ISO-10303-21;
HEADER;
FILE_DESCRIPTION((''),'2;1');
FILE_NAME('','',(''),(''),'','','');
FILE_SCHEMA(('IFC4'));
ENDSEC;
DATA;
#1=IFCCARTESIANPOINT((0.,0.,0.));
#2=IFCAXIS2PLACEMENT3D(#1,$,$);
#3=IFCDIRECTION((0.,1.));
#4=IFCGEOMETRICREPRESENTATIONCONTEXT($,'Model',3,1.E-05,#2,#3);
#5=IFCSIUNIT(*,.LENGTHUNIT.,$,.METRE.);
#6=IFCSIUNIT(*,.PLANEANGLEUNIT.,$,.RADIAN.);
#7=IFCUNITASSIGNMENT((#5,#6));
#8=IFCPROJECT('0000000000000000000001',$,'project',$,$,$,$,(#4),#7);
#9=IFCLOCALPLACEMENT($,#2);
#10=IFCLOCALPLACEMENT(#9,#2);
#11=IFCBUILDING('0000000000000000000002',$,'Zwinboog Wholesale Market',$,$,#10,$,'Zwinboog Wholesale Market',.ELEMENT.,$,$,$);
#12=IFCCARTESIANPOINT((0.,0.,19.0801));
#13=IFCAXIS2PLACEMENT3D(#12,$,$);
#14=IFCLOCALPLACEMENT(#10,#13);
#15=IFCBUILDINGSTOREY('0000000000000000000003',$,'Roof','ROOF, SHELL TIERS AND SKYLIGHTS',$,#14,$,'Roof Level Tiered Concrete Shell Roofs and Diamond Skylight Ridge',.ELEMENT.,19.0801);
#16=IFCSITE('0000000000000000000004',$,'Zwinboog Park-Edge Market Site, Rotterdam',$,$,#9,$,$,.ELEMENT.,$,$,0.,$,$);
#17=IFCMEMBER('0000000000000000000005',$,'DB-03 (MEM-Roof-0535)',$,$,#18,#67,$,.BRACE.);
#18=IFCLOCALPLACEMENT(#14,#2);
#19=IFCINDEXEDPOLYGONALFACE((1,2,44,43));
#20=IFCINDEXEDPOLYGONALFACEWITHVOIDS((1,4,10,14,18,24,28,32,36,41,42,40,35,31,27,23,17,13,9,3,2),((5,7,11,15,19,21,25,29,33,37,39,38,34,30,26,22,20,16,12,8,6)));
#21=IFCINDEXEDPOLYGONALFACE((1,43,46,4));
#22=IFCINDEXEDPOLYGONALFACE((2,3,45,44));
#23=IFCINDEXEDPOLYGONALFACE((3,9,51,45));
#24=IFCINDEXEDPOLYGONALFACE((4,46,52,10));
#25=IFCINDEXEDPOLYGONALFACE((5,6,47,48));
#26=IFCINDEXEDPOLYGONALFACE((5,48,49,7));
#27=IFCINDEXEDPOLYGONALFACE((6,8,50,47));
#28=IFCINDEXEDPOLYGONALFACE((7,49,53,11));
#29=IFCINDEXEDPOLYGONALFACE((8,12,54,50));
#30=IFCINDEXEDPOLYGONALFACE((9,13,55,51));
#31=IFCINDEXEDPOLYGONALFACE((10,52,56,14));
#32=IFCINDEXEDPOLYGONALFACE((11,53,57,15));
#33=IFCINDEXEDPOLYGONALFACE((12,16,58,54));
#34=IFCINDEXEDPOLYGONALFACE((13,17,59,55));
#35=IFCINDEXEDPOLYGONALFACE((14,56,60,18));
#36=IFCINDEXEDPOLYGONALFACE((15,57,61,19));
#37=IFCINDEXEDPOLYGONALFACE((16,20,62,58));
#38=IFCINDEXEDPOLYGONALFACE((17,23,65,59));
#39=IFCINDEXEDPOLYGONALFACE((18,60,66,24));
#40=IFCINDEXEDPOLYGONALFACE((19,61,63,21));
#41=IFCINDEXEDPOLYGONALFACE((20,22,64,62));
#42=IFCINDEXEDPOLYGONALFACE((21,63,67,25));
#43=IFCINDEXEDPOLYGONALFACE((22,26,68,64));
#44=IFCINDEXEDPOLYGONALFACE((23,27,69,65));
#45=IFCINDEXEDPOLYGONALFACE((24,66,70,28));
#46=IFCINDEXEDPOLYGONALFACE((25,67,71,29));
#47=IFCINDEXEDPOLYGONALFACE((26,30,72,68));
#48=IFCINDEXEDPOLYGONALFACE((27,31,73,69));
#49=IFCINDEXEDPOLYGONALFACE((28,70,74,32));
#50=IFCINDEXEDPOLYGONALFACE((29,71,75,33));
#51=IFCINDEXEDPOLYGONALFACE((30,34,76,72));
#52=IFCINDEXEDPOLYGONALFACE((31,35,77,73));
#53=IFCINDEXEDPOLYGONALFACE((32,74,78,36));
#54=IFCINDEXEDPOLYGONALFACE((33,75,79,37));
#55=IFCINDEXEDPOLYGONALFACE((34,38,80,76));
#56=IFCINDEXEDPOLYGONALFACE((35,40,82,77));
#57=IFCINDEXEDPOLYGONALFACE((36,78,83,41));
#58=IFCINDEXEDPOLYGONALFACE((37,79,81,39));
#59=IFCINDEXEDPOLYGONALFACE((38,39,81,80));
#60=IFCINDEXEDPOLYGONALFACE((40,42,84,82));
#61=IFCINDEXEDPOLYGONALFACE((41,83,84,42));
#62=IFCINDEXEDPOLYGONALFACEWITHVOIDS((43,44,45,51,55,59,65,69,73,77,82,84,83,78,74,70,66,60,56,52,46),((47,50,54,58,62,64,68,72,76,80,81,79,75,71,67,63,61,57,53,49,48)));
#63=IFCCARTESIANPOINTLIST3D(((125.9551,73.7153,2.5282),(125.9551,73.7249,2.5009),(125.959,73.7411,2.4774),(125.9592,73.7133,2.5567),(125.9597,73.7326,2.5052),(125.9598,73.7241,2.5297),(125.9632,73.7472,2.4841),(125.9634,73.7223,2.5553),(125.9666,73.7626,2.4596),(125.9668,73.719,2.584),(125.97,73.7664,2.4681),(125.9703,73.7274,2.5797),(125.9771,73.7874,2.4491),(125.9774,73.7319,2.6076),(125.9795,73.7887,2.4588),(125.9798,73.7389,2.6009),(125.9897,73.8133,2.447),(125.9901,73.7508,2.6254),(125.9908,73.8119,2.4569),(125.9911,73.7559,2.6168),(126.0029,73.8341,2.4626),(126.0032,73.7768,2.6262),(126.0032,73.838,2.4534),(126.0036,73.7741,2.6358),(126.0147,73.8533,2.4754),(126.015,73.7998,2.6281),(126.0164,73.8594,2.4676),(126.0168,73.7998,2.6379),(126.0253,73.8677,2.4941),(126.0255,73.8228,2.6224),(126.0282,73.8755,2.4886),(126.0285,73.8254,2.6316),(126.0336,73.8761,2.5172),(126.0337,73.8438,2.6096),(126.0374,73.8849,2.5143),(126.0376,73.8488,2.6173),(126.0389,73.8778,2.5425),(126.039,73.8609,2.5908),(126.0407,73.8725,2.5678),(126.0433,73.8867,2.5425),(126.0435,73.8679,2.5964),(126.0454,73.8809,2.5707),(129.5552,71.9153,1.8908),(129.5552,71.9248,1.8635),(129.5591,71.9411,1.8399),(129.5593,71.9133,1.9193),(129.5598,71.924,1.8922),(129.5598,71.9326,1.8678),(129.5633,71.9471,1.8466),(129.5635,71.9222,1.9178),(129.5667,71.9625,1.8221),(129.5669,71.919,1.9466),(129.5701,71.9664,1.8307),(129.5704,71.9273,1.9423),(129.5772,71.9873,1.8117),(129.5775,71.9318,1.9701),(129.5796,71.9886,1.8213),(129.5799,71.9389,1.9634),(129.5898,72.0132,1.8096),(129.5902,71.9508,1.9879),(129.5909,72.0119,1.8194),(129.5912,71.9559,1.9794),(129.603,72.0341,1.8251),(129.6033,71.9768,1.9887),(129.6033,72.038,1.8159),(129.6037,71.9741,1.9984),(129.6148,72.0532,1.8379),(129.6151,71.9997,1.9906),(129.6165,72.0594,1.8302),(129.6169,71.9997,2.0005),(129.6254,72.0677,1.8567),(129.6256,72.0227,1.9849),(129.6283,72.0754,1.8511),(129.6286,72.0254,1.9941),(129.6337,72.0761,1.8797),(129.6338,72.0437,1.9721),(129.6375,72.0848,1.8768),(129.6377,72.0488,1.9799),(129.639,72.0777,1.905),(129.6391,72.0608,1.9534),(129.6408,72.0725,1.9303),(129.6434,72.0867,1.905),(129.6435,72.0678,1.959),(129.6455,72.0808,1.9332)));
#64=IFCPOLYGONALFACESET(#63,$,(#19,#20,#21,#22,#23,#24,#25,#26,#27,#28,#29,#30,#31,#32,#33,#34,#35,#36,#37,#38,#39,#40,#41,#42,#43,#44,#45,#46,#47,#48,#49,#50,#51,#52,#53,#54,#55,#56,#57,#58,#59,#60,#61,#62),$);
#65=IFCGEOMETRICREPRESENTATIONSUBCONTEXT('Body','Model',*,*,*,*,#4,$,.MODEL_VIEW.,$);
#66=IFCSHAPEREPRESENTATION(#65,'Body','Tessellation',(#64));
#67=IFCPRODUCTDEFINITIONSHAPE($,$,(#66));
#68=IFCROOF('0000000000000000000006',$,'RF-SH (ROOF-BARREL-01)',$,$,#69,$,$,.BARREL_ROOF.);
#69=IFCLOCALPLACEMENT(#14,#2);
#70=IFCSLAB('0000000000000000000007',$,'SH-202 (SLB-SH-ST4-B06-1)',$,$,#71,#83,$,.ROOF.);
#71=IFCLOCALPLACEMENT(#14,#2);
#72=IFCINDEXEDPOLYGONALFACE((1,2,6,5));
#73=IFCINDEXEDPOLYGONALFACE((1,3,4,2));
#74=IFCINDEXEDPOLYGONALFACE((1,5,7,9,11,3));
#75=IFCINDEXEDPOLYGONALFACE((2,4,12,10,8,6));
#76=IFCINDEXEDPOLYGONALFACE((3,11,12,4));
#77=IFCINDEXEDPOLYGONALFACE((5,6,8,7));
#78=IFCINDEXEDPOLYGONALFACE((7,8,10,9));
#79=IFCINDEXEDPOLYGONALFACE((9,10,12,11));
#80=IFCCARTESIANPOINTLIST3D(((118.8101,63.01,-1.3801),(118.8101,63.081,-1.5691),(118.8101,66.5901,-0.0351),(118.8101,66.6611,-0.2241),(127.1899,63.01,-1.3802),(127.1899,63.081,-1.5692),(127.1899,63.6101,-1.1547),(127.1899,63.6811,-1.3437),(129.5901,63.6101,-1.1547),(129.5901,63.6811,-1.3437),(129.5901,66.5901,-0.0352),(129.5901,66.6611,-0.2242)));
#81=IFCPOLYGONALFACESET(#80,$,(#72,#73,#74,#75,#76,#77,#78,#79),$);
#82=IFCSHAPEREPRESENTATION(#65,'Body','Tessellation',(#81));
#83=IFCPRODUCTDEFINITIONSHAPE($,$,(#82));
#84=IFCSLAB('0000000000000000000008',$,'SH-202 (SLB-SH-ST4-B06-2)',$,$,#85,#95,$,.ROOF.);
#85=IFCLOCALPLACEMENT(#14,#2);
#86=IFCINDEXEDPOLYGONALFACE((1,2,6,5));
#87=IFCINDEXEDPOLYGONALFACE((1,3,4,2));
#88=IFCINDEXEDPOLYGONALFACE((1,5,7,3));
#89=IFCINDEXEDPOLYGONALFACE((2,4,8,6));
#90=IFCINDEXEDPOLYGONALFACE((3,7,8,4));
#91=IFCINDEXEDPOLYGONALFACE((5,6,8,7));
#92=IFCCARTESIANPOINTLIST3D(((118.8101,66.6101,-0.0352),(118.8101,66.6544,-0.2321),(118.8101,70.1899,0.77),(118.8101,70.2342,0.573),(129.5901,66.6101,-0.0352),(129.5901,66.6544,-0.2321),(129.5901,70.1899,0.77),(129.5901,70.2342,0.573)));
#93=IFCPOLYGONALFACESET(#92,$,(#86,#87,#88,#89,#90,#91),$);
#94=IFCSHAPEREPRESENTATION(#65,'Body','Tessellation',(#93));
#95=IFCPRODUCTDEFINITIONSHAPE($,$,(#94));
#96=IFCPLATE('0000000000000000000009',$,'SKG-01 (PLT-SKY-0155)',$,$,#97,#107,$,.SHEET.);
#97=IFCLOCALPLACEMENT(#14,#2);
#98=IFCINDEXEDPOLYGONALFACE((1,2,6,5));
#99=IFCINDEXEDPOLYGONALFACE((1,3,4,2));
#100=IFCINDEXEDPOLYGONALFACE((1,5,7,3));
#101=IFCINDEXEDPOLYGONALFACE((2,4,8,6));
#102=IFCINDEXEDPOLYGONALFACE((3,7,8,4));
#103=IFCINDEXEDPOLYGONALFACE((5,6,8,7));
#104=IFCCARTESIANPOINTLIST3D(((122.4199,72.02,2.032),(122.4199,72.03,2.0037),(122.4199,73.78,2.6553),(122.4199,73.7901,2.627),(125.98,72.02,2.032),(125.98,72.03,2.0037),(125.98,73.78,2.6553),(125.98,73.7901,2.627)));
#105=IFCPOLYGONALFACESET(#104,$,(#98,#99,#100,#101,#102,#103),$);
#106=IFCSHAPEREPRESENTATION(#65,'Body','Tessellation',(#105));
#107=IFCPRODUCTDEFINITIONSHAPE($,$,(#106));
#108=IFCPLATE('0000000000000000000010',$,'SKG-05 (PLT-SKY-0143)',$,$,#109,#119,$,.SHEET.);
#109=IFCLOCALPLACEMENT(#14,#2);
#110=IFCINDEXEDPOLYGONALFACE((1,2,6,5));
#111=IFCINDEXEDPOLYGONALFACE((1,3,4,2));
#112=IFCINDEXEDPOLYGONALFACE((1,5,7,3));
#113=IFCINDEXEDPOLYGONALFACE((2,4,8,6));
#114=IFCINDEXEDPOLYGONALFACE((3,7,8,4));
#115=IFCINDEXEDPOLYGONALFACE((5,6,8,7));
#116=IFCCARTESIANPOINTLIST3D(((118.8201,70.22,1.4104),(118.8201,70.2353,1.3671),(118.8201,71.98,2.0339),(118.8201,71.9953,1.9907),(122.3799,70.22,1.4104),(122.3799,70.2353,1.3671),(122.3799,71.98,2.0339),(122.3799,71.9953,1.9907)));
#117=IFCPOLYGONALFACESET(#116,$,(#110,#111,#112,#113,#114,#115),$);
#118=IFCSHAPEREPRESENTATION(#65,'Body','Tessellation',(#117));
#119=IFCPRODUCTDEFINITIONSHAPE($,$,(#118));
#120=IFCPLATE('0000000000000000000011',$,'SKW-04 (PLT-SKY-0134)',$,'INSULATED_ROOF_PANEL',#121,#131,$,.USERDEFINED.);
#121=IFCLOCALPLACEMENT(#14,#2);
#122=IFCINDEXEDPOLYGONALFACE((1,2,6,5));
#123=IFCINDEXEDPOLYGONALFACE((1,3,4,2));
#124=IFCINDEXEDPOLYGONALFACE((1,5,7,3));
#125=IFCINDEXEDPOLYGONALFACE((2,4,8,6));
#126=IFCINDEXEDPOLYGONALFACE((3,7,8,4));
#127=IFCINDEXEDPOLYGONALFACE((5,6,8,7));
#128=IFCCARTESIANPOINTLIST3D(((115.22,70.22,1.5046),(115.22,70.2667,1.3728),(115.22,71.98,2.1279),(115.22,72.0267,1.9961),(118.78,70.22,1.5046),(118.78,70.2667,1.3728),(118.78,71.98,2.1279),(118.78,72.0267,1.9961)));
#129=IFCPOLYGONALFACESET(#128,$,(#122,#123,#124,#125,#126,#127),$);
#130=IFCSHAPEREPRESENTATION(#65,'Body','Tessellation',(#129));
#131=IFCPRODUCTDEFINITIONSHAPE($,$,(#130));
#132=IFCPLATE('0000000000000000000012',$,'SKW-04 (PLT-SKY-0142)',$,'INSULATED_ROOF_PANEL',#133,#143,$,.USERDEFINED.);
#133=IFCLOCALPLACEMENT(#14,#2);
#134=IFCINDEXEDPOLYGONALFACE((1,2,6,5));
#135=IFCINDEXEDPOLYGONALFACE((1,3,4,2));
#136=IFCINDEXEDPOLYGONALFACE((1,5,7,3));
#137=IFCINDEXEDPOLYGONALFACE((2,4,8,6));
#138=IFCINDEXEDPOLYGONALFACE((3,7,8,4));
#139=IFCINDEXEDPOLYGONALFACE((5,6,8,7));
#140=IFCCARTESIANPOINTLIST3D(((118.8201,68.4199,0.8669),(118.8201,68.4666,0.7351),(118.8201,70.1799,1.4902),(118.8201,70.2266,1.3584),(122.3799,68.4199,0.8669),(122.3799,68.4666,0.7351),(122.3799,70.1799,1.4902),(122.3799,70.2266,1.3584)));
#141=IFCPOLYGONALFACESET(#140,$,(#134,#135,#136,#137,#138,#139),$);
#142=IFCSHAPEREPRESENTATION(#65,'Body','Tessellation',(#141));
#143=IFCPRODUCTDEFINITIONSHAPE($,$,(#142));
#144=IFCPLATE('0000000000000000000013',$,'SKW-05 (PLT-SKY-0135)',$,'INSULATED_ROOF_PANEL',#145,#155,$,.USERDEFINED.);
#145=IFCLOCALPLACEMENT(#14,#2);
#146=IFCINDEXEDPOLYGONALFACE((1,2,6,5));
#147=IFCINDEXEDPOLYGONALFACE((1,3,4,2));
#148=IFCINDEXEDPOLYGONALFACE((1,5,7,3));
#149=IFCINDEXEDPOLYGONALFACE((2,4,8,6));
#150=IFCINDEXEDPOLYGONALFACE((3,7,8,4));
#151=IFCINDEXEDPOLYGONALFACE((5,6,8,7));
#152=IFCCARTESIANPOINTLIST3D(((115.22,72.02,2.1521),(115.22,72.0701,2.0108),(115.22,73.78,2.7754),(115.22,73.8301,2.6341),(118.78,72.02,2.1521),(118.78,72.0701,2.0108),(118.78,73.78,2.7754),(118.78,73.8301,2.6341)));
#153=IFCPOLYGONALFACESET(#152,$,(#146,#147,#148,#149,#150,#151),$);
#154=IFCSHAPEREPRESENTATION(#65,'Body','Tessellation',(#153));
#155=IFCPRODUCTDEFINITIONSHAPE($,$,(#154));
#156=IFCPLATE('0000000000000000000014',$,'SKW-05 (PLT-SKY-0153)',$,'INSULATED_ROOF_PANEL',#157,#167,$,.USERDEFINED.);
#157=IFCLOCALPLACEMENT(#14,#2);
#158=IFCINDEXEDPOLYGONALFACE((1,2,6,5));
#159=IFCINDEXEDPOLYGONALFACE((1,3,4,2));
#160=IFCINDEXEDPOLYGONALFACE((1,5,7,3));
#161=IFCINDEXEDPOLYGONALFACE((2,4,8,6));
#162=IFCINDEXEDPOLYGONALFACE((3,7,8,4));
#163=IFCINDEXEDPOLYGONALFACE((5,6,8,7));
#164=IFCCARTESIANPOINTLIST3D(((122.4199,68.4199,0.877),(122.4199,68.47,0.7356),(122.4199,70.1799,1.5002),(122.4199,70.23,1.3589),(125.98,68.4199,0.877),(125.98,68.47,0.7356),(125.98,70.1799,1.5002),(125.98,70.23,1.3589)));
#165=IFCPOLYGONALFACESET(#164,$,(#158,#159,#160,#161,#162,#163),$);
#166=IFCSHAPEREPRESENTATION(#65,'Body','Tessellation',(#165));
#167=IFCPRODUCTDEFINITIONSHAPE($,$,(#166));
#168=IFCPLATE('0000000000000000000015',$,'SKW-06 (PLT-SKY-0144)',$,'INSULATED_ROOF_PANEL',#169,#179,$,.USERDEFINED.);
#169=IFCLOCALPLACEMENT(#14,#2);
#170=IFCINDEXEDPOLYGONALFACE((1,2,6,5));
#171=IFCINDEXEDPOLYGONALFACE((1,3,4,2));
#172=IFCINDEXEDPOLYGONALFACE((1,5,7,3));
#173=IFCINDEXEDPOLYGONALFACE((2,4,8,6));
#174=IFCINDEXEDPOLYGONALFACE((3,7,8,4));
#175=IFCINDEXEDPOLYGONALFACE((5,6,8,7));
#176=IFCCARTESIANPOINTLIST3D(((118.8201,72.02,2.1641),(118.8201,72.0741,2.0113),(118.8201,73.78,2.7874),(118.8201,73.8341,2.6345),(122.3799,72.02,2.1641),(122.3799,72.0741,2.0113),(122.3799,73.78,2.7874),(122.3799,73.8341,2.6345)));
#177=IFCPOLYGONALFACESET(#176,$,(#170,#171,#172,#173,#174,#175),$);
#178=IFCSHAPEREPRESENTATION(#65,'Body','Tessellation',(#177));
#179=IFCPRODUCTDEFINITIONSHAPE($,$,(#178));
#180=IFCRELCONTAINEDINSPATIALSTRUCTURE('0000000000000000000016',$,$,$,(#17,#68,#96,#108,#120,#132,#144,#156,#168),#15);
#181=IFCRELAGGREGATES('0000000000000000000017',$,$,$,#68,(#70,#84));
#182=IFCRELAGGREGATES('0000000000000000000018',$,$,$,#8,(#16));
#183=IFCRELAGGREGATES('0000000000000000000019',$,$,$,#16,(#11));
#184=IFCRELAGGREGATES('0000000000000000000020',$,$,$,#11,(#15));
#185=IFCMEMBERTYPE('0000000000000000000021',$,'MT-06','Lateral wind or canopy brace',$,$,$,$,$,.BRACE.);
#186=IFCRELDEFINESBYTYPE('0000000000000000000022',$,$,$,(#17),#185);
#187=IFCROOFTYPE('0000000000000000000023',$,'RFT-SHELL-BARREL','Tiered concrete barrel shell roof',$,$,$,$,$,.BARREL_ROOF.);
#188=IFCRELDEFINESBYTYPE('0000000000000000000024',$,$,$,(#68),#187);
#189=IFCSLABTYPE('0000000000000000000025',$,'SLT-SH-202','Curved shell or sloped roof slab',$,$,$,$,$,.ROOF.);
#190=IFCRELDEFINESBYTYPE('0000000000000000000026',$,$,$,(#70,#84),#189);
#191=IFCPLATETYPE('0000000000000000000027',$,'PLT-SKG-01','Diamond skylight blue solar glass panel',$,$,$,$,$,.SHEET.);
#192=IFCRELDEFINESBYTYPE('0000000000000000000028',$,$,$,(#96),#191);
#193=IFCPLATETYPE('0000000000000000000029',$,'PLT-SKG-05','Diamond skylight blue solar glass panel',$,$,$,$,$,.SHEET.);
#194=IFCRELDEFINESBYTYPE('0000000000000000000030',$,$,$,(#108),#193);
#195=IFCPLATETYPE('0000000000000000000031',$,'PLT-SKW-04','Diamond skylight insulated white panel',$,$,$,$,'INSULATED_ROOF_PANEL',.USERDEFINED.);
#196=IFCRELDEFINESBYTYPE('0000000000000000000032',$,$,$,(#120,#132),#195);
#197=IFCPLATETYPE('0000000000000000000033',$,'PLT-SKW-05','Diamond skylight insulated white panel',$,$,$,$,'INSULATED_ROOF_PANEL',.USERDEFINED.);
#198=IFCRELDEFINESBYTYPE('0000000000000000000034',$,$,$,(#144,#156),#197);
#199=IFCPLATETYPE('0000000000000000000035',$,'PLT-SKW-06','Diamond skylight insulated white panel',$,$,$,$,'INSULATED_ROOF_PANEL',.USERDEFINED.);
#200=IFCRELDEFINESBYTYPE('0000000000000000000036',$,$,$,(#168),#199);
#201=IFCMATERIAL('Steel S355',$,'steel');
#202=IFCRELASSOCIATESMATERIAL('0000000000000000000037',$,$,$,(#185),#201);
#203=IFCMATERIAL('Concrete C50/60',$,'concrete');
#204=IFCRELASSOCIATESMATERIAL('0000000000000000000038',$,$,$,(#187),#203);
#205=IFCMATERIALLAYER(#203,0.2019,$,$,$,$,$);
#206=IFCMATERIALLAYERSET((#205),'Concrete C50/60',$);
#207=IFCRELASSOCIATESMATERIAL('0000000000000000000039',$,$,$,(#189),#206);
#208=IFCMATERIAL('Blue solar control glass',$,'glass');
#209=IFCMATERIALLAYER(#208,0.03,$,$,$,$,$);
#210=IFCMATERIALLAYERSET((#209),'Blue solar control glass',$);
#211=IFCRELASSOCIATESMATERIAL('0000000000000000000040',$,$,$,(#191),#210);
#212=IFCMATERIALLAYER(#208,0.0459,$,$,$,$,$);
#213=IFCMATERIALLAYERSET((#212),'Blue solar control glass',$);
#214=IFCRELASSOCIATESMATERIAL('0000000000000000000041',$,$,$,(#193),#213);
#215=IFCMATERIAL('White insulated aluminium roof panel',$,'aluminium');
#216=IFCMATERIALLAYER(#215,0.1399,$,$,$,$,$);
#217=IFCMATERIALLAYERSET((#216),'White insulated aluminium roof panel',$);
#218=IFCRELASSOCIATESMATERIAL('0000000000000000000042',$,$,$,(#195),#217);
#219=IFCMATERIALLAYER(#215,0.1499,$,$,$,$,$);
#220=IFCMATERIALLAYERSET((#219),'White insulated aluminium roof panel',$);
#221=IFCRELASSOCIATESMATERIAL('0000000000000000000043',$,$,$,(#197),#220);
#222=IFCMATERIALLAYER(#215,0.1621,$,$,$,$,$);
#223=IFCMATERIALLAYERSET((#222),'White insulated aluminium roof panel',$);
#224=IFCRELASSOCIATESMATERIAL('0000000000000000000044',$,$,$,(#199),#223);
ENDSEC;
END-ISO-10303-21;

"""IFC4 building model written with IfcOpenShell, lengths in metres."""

from ifc_helpers import new_model, si_unit, direction, frame, origin, origin_2d, place, context, subcontext, project, spatial, polyline, hollow_circle, outline, extrude, material, layer, layer_set, material_profile, profile_set, type_object, element, aggregate, save


model = new_model("IFC4")

# Units and contexts
model_context = context("Model", 3, precision=1e-05, world=origin(), true_north=direction((0.0, 1.0)))
body_context = subcontext(model_context, "Body", "Model", "MODEL_VIEW")
ifc_project = project(units=[si_unit("LENGTHUNIT", "METRE"), si_unit("PLANEANGLEUNIT", "RADIAN")], contexts=[model_context])

# Site, building, storey
site_placement = place(None, origin())
site = spatial("IfcSite", under=ifc_project, at=site_placement, Name="Zwinboog Park-Edge Market Site, Rotterdam", CompositionType="ELEMENT", RefElevation=0.0)
building_placement = place(site_placement, origin())
building = spatial("IfcBuilding", under=site, at=building_placement, Name="Zwinboog Wholesale Market", LongName="Zwinboog Wholesale Market", CompositionType="ELEMENT")
storey_placement = place(building_placement, frame((0.0, 0.0, 19.0801)))
storey = spatial("IfcBuildingStorey", under=building, at=storey_placement, Name="Roof", Description="ROOF, SHELL TIERS AND SKYLIGHTS", LongName="Roof Level Tiered Concrete Shell Roofs and Diamond Skylight Ridge", CompositionType="ELEMENT", Elevation=19.0801)

# Member
ifc_material_1 = material(Name="Steel S355", Category="steel")
ifc_material_profile_1 = material_profile(ifc_material_1, hollow_circle(Radius=0.0969, WallThickness=0.01, at=origin_2d()), Name="CHS 193.7x10")
ifc_profile_set_1 = profile_set([ifc_material_profile_1], Name="Steel S355")
member_type_1 = type_object("IfcMemberType", Name="MT-06", Description="Lateral wind or canopy brace", PredefinedType="BRACE", material=ifc_profile_set_1)
for number, where, z_axis, x_axis, name in (
    (1, (126.0, 73.8, 2.5425), (0.883417, -0.441709, -0.156422), (0.447214, 0.894427, 0.0), "DB-03 (MEM-Roof-0535)"),
):
    element("IfcMember", number, at=place(storey_placement, frame(where, z_axis=z_axis, x_axis=x_axis)), inside=storey, type_object=member_type_1, Name=name, PredefinedType="BRACE", context=body_context, shape_type="SweptSolid", body=[
        extrude(hollow_circle(Radius=0.0969, WallThickness=0.01, at=origin_2d()), origin(), (0.0, 0.0, 1.0), 4.0752),
    ])

# Roof, slabs
ifc_material_2 = material(Name="Concrete C50/60", Category="concrete")
roof_type = type_object("IfcRoofType", Name="RFT-SHELL-BARREL", Description="Tiered concrete barrel shell roof", PredefinedType="BARREL_ROOF", material=ifc_material_2)
roof_placement = place(storey_placement, origin())
roof = element("IfcRoof", 2, at=roof_placement, inside=storey, type_object=roof_type, Name="RF-SH (ROOF-BARREL-01)", PredefinedType="BARREL_ROOF")
ifc_layer_1 = layer(ifc_material_2, 0.2019)
ifc_layer_set_1 = layer_set([ifc_layer_1], Name="Concrete C50/60")
slab_type = type_object("IfcSlabType", Name="SLT-SH-202", Description="Curved shell or sloped roof slab", PredefinedType="ROOF", material=ifc_layer_set_1)
slab_1_placement = place(storey_placement, frame((118.8101, 63.01, -1.3801), z_axis=(0.000005, -0.351689, 0.936117), x_axis=(1.0, 0.000002, -0.000004)))
slab_1 = element("IfcSlab", 3, at=slab_1_placement, type_object=slab_type, Name="SH-202 (SLB-SH-ST4-B06-1)", PredefinedType="ROOF", context=body_context, shape_type="SweptSolid", body=[
    extrude(outline(polyline([(0.0, 0.0), (8.3799, 0.0), (8.3799, 0.641), (10.78, 0.641), (10.78, 3.8244), (0.0, 3.8244), (0.0, 0.0)])), origin(), (0.0, 0.0, -1.0), 0.2019),
])
slab_2_placement = place(storey_placement, frame((118.8101, 66.6101, -0.0352), z_axis=(0.0, -0.219438, 0.975626), x_axis=(1.0, 0.0, 0.0)))
slab_2 = element("IfcSlab", 4, at=slab_2_placement, type_object=slab_type, Name="SH-202 (SLB-SH-ST4-B06-2)", PredefinedType="ROOF", context=body_context, shape_type="SweptSolid", body=[
    extrude(outline(polyline([(0.0, 0.0), (10.78, 0.0), (10.78, 3.6693), (0.0, 3.6693), (0.0, 0.0)])), origin(), (0.0, 0.0, -1.0), 0.2019),
])
aggregate(roof, [slab_1, slab_2])

# Plates
ifc_material_3 = material(Name="Blue solar control glass", Category="glass")
ifc_layer_2 = layer(ifc_material_3, 0.03)
ifc_layer_set_2 = layer_set([ifc_layer_2], Name="Blue solar control glass")
plate_type_1 = type_object("IfcPlateType", Name="PLT-SKG-01", Description="Diamond skylight blue solar glass panel", PredefinedType="SHEET", material=ifc_layer_set_2)
plate_1_placement = place(storey_placement, frame((122.4199, 72.02, 2.032), z_axis=(0.0, -0.333825, 0.942635), x_axis=(1.0, 0.0, 0.0)))
element("IfcPlate", 5, at=plate_1_placement, inside=storey, type_object=plate_type_1, Name="SKG-01 (PLT-SKY-0155)", PredefinedType="SHEET", context=body_context, shape_type="SweptSolid", body=[
    extrude(outline(polyline([(0.0, 0.0), (3.5601, 0.0), (3.5601, 1.8671), (0.0, 1.8671), (0.0, 0.0)])), origin(), (0.0, 0.0, -1.0), 0.03),
])
ifc_layer_3 = layer(ifc_material_3, 0.0459)
ifc_layer_set_3 = layer_set([ifc_layer_3], Name="Blue solar control glass")
plate_type_2 = type_object("IfcPlateType", Name="PLT-SKG-05", Description="Diamond skylight blue solar glass panel", PredefinedType="SHEET", material=ifc_layer_set_3)
plate_2_placement = place(storey_placement, frame((118.8201, 70.22, 1.4104), z_axis=(0.0, -0.333942, 0.942594), x_axis=(1.0, 0.0, 0.0)))
element("IfcPlate", 6, at=plate_2_placement, inside=storey, type_object=plate_type_2, Name="SKG-05 (PLT-SKY-0143)", PredefinedType="SHEET", context=body_context, shape_type="SweptSolid", body=[
    extrude(outline(polyline([(0.0, 0.0), (3.5598, 0.0), (3.5598, 1.8672), (0.0, 1.8672), (0.0, 0.0)])), origin(), (0.0, 0.0, -1.0), 0.0459),
])
ifc_material_4 = material(Name="White insulated aluminium roof panel", Category="aluminium")
ifc_layer_4 = layer(ifc_material_4, 0.1399)
ifc_layer_set_4 = layer_set([ifc_layer_4], Name="White insulated aluminium roof panel")
plate_type_3 = type_object("IfcPlateType", Name="PLT-SKW-04", Description="Diamond skylight insulated white panel", ElementType="INSULATED_ROOF_PANEL", PredefinedType="USERDEFINED", material=ifc_layer_set_4)
plate_3_placement = place(storey_placement, frame((115.22, 70.22, 1.5046), z_axis=(0.0, -0.333825, 0.942635), x_axis=(1.0, 0.0, 0.0)))
element("IfcPlate", 7, at=plate_3_placement, inside=storey, type_object=plate_type_3, Name="SKW-04 (PLT-SKY-0134)", ObjectType="INSULATED_ROOF_PANEL", PredefinedType="USERDEFINED", context=body_context, shape_type="SweptSolid", body=[
    extrude(outline(polyline([(0.0, 0.0), (3.5601, 0.0), (3.5601, 1.8671), (0.0, 1.8671), (0.0, 0.0)])), origin(), (0.0, 0.0, -1.0), 0.1399),
])
plate_4_placement = place(storey_placement, frame((118.8201, 68.4199, 0.8669), z_axis=(0.0, -0.333825, 0.942635), x_axis=(1.0, 0.0, 0.0)))
element("IfcPlate", 8, at=plate_4_placement, inside=storey, type_object=plate_type_3, Name="SKW-04 (PLT-SKY-0142)", ObjectType="INSULATED_ROOF_PANEL", PredefinedType="USERDEFINED", context=body_context, shape_type="SweptSolid", body=[
    extrude(outline(polyline([(0.0, 0.0), (3.5598, 0.0), (3.5598, 1.8671), (0.0, 1.8671), (0.0, 0.0)])), origin(), (0.0, 0.0, -1.0), 0.1399),
])
ifc_layer_5 = layer(ifc_material_4, 0.1499)
ifc_layer_set_5 = layer_set([ifc_layer_5], Name="White insulated aluminium roof panel")
plate_type_4 = type_object("IfcPlateType", Name="PLT-SKW-05", Description="Diamond skylight insulated white panel", ElementType="INSULATED_ROOF_PANEL", PredefinedType="USERDEFINED", material=ifc_layer_set_5)
for number, where, z_axis, x_axis, name in (
    (9, (115.22, 72.02, 2.1521), (0.0, -0.333825, 0.942635), (1.0, 0.0, 0.0), "SKW-05 (PLT-SKY-0135)"),
    (10, (122.4199, 68.4199, 0.877), (0.0, -0.333825, 0.942635), (1.0, 0.0, 0.0), "SKW-05 (PLT-SKY-0153)"),
):
    element("IfcPlate", number, at=place(storey_placement, frame(where, z_axis=z_axis, x_axis=x_axis)), inside=storey, type_object=plate_type_4, Name=name, ObjectType="INSULATED_ROOF_PANEL", PredefinedType="USERDEFINED", context=body_context, shape_type="SweptSolid", body=[
        extrude(outline(polyline([(0.0, 0.0), (3.5601, 0.0), (3.5601, 1.8671), (0.0, 1.8671), (0.0, 0.0)])), origin(), (0.0, 0.0, -1.0), 0.1499),
    ])
ifc_layer_6 = layer(ifc_material_4, 0.1621)
ifc_layer_set_6 = layer_set([ifc_layer_6], Name="White insulated aluminium roof panel")
plate_type_5 = type_object("IfcPlateType", Name="PLT-SKW-06", Description="Diamond skylight insulated white panel", ElementType="INSULATED_ROOF_PANEL", PredefinedType="USERDEFINED", material=ifc_layer_set_6)
plate_5_placement = place(storey_placement, frame((118.8201, 72.02, 2.1641), z_axis=(0.0, -0.333825, 0.942635), x_axis=(1.0, 0.0, 0.0)))
element("IfcPlate", 11, at=plate_5_placement, inside=storey, type_object=plate_type_5, Name="SKW-06 (PLT-SKY-0144)", ObjectType="INSULATED_ROOF_PANEL", PredefinedType="USERDEFINED", context=body_context, shape_type="SweptSolid", body=[
    extrude(outline(polyline([(0.0, 0.0), (3.5598, 0.0), (3.5598, 1.8671), (0.0, 1.8671), (0.0, 0.0)])), origin(), (0.0, 0.0, -1.0), 0.1621),
])

save(model, "model.ifc")
